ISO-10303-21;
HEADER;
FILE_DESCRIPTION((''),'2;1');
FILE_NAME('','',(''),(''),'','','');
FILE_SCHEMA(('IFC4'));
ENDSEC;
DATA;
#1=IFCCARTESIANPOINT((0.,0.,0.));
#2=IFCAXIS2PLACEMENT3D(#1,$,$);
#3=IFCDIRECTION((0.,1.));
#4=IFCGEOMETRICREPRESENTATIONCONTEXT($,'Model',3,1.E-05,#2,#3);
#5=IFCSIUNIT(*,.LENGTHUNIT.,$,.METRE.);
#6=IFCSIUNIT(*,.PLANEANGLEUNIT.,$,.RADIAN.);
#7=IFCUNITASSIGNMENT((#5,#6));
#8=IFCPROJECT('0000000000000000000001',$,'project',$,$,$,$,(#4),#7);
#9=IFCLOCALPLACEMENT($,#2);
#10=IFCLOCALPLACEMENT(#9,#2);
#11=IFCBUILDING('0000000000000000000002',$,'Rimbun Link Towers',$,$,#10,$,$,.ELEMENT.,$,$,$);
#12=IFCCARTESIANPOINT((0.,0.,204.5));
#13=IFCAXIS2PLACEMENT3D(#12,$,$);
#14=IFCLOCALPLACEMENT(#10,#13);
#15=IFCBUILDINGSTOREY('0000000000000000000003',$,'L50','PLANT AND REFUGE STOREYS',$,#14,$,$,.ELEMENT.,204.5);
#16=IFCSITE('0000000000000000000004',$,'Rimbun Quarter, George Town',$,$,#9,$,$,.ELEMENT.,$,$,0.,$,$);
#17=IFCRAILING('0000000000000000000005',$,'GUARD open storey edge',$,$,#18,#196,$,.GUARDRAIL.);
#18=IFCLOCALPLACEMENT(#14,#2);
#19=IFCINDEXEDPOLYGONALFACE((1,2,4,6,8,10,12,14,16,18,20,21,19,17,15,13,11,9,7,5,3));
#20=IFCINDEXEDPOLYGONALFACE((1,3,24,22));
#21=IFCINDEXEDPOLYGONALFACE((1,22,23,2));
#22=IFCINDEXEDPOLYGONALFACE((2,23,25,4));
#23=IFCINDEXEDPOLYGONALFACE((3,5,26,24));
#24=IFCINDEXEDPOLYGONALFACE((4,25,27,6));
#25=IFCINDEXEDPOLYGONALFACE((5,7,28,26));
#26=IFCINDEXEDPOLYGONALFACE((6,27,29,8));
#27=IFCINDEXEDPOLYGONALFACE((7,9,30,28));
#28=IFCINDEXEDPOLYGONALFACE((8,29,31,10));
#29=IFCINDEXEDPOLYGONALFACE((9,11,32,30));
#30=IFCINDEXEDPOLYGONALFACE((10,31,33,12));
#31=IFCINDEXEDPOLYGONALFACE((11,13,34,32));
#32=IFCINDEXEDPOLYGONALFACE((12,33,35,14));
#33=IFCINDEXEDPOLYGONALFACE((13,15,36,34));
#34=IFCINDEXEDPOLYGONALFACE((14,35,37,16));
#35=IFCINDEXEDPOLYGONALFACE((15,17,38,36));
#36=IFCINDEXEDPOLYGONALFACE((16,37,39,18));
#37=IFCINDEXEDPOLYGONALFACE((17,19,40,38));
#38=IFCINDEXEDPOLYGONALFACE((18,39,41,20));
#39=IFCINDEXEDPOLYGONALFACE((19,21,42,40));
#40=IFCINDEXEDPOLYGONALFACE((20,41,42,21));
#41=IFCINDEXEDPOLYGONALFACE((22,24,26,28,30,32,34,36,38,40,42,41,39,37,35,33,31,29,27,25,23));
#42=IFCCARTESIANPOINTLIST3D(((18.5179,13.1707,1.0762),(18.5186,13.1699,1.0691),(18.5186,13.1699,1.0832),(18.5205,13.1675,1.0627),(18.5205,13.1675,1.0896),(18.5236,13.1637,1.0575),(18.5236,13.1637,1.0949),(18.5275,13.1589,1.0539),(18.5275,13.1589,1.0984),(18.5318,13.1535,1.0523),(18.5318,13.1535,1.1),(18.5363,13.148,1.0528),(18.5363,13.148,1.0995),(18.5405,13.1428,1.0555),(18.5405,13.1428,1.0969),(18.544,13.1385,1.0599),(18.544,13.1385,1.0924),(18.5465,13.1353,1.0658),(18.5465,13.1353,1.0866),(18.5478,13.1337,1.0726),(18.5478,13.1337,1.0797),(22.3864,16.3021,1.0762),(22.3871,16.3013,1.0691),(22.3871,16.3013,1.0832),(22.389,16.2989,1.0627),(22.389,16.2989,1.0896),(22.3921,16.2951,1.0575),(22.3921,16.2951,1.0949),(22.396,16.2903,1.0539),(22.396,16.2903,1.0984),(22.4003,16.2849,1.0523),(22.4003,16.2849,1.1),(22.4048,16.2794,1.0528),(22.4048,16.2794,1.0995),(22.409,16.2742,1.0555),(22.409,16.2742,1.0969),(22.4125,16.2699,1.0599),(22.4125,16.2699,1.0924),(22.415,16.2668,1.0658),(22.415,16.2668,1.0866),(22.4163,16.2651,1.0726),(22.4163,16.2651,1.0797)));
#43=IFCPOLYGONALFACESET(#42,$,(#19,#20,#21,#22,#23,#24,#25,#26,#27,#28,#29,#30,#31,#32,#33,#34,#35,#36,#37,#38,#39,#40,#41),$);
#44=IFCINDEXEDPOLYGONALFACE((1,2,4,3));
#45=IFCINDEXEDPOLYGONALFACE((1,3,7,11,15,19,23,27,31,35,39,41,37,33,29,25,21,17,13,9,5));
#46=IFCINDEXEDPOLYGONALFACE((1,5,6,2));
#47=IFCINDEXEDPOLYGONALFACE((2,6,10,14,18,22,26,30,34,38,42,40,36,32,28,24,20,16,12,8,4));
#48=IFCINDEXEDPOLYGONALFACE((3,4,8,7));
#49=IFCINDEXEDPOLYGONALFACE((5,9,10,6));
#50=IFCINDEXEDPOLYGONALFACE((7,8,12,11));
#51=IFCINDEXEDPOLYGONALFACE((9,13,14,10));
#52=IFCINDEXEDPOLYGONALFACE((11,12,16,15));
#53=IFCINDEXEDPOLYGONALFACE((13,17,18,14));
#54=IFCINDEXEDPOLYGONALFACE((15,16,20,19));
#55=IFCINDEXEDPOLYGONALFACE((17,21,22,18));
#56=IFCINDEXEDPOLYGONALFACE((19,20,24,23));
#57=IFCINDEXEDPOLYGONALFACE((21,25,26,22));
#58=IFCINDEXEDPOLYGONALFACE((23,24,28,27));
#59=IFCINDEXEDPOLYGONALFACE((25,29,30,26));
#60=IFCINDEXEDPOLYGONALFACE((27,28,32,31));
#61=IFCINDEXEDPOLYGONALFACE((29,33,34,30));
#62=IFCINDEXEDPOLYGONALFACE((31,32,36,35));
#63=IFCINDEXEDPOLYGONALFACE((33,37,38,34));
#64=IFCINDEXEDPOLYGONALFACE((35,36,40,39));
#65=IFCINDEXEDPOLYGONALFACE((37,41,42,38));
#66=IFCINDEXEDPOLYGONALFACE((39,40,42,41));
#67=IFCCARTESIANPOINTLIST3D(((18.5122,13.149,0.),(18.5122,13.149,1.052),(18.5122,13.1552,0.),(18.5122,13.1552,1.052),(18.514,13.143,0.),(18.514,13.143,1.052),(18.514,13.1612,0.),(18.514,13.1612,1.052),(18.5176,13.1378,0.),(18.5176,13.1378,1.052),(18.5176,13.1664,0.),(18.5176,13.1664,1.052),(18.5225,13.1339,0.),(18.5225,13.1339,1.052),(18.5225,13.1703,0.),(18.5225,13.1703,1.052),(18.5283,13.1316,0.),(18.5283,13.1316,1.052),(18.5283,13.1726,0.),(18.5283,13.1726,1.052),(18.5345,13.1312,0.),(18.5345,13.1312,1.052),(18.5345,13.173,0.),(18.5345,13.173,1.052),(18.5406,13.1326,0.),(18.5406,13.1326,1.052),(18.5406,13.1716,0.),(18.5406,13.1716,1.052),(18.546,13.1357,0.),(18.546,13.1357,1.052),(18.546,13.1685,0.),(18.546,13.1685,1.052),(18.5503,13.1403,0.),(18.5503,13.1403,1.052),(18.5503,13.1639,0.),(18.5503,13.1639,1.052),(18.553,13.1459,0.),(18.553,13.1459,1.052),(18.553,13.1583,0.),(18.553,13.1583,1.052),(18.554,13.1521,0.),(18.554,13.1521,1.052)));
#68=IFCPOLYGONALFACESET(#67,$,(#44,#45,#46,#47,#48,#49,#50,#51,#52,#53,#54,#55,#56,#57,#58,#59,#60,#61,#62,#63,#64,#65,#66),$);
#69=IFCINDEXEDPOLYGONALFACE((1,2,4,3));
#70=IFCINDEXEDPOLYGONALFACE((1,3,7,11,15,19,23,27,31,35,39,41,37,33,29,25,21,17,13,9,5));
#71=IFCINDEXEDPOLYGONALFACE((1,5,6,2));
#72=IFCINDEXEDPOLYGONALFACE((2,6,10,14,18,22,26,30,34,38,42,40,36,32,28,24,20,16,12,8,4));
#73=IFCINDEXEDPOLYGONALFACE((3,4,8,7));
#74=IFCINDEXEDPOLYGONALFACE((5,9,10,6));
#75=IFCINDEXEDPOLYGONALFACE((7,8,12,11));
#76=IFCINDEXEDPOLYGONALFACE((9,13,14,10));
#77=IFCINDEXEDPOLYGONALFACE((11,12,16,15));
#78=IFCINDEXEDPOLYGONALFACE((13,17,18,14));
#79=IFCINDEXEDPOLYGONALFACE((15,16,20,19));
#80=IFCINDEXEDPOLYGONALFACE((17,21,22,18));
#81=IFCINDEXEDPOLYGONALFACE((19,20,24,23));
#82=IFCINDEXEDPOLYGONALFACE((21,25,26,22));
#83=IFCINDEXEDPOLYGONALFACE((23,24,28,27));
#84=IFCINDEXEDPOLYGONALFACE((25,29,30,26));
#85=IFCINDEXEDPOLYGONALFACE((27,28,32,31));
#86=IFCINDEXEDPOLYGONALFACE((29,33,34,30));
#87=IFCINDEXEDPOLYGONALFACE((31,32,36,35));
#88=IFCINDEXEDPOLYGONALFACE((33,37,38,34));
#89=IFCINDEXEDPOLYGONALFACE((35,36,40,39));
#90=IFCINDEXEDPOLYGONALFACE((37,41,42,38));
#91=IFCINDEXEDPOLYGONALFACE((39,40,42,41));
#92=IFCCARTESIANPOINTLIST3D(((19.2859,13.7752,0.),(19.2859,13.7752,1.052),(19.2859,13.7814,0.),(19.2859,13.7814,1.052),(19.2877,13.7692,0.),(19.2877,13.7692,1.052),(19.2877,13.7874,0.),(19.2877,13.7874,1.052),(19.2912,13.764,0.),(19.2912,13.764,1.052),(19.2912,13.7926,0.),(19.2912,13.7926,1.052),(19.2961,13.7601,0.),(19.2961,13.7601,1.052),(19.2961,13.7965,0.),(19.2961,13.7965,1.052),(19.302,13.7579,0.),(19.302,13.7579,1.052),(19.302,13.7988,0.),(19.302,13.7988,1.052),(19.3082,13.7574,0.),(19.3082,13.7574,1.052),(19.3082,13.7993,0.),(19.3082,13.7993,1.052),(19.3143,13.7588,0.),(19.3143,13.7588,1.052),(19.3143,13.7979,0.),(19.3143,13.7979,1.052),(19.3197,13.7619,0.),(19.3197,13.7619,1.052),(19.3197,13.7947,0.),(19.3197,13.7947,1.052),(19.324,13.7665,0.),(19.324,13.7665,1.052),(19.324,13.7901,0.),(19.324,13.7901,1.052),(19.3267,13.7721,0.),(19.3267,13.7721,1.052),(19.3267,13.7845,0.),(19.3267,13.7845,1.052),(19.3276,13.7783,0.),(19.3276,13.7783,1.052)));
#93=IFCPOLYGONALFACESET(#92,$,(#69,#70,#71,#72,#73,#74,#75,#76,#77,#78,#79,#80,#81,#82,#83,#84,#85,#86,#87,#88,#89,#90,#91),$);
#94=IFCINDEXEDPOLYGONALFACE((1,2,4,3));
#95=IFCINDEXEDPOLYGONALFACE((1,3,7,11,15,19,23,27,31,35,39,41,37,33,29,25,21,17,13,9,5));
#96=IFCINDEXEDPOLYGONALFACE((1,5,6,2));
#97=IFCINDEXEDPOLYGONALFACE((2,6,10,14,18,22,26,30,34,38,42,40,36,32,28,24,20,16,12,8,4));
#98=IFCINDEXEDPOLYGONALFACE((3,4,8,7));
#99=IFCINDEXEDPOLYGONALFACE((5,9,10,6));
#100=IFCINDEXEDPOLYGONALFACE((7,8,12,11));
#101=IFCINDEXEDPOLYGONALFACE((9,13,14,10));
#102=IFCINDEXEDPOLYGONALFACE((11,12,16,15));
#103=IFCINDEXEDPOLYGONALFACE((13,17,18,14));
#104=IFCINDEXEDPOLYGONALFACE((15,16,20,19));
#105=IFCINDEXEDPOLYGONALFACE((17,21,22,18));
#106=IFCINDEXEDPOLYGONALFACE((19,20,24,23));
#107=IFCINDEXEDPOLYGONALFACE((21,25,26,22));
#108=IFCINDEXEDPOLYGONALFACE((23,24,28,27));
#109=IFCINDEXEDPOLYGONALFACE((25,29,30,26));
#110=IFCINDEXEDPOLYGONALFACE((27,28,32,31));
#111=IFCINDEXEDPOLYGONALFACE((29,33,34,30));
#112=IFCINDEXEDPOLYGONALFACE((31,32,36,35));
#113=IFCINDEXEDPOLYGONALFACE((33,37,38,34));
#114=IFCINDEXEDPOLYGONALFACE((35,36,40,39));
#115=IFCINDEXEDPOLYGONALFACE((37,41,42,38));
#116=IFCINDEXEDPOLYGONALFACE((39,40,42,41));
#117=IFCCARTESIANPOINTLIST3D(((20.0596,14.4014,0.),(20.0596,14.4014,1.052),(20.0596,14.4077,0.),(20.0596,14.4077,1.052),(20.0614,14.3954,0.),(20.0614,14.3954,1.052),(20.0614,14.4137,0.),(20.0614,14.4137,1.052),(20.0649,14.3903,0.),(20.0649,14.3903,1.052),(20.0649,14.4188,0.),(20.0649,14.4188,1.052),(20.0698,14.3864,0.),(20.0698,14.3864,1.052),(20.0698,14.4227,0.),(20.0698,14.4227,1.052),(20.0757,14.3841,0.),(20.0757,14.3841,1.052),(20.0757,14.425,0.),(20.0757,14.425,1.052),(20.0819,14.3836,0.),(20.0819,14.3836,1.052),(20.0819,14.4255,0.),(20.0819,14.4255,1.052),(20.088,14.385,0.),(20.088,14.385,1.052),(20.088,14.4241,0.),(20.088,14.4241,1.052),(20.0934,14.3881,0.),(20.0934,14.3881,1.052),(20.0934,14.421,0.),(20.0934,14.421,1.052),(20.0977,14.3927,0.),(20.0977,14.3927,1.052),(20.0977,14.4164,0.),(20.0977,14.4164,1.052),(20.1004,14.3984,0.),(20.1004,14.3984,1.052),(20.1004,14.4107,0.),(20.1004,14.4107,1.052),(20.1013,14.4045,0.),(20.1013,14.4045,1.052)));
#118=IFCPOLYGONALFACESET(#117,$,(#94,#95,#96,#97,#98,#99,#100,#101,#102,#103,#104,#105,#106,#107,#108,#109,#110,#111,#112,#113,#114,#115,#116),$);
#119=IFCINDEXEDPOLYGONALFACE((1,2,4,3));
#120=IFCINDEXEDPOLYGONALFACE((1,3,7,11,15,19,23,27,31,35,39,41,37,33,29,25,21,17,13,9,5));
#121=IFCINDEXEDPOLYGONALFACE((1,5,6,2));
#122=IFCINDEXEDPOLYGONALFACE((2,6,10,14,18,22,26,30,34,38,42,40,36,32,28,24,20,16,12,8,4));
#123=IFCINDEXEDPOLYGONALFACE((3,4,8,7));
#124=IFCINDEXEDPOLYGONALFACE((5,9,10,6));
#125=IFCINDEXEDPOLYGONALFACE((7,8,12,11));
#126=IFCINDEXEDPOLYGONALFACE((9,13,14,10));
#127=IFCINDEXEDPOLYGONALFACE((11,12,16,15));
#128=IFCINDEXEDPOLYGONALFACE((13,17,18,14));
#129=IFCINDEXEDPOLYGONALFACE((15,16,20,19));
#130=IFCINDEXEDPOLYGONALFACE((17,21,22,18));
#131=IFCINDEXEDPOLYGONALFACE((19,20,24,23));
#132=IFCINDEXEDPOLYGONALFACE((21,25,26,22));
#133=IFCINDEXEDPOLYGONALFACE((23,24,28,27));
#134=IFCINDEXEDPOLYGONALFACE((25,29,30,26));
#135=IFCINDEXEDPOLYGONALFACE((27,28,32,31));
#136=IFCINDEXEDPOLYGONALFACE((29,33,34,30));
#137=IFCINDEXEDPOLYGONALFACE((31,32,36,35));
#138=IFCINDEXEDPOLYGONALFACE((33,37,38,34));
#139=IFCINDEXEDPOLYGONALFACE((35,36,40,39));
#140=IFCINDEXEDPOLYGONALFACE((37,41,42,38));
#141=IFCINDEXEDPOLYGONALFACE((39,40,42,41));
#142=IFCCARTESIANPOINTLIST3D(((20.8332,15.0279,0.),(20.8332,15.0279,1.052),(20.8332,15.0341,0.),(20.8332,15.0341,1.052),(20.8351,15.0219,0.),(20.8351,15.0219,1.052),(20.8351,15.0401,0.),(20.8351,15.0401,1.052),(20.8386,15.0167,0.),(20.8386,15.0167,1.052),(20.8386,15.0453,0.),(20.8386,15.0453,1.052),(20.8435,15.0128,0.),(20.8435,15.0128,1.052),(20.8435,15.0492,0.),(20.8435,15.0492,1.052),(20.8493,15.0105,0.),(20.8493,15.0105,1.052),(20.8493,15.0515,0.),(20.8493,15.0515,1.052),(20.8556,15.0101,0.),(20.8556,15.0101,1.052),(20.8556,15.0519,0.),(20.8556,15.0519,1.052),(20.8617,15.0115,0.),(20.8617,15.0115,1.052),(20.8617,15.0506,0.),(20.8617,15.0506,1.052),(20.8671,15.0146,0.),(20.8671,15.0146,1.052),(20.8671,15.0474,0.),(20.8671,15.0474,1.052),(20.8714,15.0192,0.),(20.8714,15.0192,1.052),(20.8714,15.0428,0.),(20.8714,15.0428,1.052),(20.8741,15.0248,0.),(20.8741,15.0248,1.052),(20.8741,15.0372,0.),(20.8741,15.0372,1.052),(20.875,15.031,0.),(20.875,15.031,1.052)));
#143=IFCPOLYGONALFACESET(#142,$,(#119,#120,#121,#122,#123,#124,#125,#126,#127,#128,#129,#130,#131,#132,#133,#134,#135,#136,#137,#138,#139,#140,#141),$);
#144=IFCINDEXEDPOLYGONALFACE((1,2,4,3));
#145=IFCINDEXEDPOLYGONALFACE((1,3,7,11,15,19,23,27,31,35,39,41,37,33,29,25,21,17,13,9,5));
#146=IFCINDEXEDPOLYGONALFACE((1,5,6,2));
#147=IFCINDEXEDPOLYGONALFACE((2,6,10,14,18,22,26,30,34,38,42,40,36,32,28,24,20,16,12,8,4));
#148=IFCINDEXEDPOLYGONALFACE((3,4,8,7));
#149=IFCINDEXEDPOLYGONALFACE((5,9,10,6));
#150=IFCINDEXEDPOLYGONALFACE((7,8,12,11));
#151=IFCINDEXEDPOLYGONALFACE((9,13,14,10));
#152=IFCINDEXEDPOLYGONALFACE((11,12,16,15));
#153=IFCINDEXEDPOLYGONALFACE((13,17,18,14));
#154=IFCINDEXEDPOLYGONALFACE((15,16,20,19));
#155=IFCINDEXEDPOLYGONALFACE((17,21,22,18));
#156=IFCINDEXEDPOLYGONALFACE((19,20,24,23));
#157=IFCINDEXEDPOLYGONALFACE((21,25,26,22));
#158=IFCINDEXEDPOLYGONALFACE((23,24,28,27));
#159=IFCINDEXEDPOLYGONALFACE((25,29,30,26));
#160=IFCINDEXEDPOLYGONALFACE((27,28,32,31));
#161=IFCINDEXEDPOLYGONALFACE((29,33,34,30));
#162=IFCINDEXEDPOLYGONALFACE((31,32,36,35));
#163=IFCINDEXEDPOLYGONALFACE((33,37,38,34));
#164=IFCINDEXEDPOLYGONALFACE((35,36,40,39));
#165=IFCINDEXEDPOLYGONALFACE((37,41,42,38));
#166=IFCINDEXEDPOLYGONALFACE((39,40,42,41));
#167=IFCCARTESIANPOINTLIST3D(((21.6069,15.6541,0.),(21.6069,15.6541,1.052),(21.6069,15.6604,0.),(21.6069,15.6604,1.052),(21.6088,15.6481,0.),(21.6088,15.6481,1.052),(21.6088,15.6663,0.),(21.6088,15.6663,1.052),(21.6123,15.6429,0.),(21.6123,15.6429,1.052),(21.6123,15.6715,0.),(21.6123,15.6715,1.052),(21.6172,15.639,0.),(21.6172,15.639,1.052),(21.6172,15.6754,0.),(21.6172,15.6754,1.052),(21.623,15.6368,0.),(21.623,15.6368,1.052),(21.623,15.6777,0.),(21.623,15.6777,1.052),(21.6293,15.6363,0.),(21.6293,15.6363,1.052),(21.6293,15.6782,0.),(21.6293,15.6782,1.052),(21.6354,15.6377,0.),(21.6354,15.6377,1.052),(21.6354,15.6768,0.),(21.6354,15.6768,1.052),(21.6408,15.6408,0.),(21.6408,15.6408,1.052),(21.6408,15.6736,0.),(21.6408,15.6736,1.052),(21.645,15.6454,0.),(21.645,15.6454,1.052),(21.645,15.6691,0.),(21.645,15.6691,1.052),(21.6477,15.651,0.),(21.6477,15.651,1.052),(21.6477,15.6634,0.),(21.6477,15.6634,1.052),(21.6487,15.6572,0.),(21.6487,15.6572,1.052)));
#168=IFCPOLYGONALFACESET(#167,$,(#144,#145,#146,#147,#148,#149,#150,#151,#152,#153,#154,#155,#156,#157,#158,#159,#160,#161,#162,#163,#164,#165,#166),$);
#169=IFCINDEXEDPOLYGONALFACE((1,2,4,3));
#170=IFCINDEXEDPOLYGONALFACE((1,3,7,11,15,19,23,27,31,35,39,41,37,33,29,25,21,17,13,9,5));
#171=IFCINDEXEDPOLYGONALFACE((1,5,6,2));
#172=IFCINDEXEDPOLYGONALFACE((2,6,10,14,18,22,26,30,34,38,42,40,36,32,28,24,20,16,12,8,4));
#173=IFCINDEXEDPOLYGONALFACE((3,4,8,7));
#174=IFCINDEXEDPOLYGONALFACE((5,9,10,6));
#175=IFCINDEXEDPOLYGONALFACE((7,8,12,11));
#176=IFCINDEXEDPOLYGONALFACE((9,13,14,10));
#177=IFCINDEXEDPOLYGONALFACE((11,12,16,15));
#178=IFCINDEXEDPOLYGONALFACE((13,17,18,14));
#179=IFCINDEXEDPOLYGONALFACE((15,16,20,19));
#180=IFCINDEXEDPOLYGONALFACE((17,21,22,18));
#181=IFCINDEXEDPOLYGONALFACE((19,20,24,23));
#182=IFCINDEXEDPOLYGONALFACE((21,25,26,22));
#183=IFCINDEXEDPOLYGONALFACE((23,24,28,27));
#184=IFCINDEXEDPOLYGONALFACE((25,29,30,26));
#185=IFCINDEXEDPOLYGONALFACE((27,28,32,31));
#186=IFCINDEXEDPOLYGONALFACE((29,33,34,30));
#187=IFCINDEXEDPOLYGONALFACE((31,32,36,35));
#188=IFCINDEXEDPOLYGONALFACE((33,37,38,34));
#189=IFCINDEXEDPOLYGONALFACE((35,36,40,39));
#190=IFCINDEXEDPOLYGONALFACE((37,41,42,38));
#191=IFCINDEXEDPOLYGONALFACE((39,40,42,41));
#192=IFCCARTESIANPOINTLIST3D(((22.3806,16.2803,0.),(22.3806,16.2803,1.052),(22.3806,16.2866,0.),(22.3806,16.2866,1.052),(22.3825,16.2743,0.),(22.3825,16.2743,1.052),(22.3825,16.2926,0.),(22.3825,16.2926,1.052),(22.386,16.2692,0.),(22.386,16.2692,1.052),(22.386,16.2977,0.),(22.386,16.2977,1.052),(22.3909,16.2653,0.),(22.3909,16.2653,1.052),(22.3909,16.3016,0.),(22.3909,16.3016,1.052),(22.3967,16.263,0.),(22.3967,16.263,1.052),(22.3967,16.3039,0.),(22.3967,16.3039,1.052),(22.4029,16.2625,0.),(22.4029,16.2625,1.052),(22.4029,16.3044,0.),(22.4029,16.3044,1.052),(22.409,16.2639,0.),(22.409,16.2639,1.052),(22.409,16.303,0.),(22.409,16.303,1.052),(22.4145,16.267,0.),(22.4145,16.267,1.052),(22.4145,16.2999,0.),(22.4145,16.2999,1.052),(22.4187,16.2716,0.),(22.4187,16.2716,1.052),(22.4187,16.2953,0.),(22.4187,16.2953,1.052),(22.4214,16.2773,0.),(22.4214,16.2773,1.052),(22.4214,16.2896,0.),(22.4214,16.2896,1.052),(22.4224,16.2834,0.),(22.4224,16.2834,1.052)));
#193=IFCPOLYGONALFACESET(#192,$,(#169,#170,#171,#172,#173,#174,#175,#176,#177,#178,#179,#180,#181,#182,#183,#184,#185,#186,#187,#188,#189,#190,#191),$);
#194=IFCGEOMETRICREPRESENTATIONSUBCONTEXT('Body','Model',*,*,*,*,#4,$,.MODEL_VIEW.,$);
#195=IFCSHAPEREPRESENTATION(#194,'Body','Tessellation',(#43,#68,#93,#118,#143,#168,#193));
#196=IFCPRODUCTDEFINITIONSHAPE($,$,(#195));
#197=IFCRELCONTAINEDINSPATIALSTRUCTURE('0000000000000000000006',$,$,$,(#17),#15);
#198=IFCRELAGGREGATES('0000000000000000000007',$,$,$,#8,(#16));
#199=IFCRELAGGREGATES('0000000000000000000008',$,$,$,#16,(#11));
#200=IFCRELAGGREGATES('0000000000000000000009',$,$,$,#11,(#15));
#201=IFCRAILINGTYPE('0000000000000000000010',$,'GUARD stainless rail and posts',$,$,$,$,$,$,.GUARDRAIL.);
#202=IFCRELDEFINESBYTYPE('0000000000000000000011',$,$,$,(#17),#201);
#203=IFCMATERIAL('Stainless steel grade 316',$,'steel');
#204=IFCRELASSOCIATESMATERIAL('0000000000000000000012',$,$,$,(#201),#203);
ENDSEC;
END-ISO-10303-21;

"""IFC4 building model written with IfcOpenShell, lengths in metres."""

from ifc_helpers import new_model, si_unit, direction, frame, origin, origin_2d, place, context, subcontext, project, spatial, circle, extrude, material, type_object, element, save


model = new_model("IFC4")

# Units and contexts
model_context = context("Model", 3, precision=1e-05, world=origin(), true_north=direction((0.0, 1.0)))
body_context = subcontext(model_context, "Body", "Model", "MODEL_VIEW")
ifc_project = project(units=[si_unit("LENGTHUNIT", "METRE"), si_unit("PLANEANGLEUNIT", "RADIAN")], contexts=[model_context])

# Site, building, storey
site_placement = place(None, origin())
site = spatial("IfcSite", under=ifc_project, at=site_placement, Name="Rimbun Quarter, George Town", CompositionType="ELEMENT", RefElevation=0.0)
building_placement = place(site_placement, origin())
building = spatial("IfcBuilding", under=site, at=building_placement, Name="Rimbun Link Towers", CompositionType="ELEMENT")
storey_placement = place(building_placement, frame((0.0, 0.0, 204.5)))
storey = spatial("IfcBuildingStorey", under=building, at=storey_placement, Name="L50", Description="PLANT AND REFUGE STOREYS", CompositionType="ELEMENT", Elevation=204.5)

# Railing
ifc_material_1 = material(Name="Stainless steel grade 316", Category="steel")
railing_type = type_object("IfcRailingType", Name="GUARD stainless rail and posts", PredefinedType="GUARDRAIL", material=ifc_material_1)
railing_1_placement = place(storey_placement, frame((18.533, 13.1521, 0.0)))
element("IfcRailing", 1, at=railing_1_placement, inside=storey, type_object=railing_type, Name="GUARD open storey edge", PredefinedType="GUARDRAIL", context=body_context, shape_type="SweptSolid", body=[
    extrude(circle(Radius=0.0239, at=origin_2d()), frame((0.0, 0.0, 1.0762), z_axis=(0.777267, 0.629171, 0.0), x_axis=(-0.629171, 0.777267, 0.0)), (0.0, 0.0, 1.0), 4.9771),
    extrude(circle(Radius=0.021, at=origin_2d()), origin(), (0.0, 0.0, 1.0), 1.052),
    extrude(circle(Radius=0.021, at=origin_2d()), frame((0.7737, 0.6262, 0.0)), (0.0, 0.0, 1.0), 1.052),
    extrude(circle(Radius=0.021, at=origin_2d()), frame((1.5474, 1.2524, 0.0)), (0.0, 0.0, 1.0), 1.052),
    extrude(circle(Radius=0.021, at=origin_2d()), frame((2.321, 1.8789, 0.0)), (0.0, 0.0, 1.0), 1.052),
    extrude(circle(Radius=0.021, at=origin_2d()), frame((3.0947, 2.5051, 0.0)), (0.0, 0.0, 1.0), 1.052),
    extrude(circle(Radius=0.021, at=origin_2d()), frame((3.8684, 3.1313, 0.0)), (0.0, 0.0, 1.0), 1.052),
])

save(model, "model.ifc")
